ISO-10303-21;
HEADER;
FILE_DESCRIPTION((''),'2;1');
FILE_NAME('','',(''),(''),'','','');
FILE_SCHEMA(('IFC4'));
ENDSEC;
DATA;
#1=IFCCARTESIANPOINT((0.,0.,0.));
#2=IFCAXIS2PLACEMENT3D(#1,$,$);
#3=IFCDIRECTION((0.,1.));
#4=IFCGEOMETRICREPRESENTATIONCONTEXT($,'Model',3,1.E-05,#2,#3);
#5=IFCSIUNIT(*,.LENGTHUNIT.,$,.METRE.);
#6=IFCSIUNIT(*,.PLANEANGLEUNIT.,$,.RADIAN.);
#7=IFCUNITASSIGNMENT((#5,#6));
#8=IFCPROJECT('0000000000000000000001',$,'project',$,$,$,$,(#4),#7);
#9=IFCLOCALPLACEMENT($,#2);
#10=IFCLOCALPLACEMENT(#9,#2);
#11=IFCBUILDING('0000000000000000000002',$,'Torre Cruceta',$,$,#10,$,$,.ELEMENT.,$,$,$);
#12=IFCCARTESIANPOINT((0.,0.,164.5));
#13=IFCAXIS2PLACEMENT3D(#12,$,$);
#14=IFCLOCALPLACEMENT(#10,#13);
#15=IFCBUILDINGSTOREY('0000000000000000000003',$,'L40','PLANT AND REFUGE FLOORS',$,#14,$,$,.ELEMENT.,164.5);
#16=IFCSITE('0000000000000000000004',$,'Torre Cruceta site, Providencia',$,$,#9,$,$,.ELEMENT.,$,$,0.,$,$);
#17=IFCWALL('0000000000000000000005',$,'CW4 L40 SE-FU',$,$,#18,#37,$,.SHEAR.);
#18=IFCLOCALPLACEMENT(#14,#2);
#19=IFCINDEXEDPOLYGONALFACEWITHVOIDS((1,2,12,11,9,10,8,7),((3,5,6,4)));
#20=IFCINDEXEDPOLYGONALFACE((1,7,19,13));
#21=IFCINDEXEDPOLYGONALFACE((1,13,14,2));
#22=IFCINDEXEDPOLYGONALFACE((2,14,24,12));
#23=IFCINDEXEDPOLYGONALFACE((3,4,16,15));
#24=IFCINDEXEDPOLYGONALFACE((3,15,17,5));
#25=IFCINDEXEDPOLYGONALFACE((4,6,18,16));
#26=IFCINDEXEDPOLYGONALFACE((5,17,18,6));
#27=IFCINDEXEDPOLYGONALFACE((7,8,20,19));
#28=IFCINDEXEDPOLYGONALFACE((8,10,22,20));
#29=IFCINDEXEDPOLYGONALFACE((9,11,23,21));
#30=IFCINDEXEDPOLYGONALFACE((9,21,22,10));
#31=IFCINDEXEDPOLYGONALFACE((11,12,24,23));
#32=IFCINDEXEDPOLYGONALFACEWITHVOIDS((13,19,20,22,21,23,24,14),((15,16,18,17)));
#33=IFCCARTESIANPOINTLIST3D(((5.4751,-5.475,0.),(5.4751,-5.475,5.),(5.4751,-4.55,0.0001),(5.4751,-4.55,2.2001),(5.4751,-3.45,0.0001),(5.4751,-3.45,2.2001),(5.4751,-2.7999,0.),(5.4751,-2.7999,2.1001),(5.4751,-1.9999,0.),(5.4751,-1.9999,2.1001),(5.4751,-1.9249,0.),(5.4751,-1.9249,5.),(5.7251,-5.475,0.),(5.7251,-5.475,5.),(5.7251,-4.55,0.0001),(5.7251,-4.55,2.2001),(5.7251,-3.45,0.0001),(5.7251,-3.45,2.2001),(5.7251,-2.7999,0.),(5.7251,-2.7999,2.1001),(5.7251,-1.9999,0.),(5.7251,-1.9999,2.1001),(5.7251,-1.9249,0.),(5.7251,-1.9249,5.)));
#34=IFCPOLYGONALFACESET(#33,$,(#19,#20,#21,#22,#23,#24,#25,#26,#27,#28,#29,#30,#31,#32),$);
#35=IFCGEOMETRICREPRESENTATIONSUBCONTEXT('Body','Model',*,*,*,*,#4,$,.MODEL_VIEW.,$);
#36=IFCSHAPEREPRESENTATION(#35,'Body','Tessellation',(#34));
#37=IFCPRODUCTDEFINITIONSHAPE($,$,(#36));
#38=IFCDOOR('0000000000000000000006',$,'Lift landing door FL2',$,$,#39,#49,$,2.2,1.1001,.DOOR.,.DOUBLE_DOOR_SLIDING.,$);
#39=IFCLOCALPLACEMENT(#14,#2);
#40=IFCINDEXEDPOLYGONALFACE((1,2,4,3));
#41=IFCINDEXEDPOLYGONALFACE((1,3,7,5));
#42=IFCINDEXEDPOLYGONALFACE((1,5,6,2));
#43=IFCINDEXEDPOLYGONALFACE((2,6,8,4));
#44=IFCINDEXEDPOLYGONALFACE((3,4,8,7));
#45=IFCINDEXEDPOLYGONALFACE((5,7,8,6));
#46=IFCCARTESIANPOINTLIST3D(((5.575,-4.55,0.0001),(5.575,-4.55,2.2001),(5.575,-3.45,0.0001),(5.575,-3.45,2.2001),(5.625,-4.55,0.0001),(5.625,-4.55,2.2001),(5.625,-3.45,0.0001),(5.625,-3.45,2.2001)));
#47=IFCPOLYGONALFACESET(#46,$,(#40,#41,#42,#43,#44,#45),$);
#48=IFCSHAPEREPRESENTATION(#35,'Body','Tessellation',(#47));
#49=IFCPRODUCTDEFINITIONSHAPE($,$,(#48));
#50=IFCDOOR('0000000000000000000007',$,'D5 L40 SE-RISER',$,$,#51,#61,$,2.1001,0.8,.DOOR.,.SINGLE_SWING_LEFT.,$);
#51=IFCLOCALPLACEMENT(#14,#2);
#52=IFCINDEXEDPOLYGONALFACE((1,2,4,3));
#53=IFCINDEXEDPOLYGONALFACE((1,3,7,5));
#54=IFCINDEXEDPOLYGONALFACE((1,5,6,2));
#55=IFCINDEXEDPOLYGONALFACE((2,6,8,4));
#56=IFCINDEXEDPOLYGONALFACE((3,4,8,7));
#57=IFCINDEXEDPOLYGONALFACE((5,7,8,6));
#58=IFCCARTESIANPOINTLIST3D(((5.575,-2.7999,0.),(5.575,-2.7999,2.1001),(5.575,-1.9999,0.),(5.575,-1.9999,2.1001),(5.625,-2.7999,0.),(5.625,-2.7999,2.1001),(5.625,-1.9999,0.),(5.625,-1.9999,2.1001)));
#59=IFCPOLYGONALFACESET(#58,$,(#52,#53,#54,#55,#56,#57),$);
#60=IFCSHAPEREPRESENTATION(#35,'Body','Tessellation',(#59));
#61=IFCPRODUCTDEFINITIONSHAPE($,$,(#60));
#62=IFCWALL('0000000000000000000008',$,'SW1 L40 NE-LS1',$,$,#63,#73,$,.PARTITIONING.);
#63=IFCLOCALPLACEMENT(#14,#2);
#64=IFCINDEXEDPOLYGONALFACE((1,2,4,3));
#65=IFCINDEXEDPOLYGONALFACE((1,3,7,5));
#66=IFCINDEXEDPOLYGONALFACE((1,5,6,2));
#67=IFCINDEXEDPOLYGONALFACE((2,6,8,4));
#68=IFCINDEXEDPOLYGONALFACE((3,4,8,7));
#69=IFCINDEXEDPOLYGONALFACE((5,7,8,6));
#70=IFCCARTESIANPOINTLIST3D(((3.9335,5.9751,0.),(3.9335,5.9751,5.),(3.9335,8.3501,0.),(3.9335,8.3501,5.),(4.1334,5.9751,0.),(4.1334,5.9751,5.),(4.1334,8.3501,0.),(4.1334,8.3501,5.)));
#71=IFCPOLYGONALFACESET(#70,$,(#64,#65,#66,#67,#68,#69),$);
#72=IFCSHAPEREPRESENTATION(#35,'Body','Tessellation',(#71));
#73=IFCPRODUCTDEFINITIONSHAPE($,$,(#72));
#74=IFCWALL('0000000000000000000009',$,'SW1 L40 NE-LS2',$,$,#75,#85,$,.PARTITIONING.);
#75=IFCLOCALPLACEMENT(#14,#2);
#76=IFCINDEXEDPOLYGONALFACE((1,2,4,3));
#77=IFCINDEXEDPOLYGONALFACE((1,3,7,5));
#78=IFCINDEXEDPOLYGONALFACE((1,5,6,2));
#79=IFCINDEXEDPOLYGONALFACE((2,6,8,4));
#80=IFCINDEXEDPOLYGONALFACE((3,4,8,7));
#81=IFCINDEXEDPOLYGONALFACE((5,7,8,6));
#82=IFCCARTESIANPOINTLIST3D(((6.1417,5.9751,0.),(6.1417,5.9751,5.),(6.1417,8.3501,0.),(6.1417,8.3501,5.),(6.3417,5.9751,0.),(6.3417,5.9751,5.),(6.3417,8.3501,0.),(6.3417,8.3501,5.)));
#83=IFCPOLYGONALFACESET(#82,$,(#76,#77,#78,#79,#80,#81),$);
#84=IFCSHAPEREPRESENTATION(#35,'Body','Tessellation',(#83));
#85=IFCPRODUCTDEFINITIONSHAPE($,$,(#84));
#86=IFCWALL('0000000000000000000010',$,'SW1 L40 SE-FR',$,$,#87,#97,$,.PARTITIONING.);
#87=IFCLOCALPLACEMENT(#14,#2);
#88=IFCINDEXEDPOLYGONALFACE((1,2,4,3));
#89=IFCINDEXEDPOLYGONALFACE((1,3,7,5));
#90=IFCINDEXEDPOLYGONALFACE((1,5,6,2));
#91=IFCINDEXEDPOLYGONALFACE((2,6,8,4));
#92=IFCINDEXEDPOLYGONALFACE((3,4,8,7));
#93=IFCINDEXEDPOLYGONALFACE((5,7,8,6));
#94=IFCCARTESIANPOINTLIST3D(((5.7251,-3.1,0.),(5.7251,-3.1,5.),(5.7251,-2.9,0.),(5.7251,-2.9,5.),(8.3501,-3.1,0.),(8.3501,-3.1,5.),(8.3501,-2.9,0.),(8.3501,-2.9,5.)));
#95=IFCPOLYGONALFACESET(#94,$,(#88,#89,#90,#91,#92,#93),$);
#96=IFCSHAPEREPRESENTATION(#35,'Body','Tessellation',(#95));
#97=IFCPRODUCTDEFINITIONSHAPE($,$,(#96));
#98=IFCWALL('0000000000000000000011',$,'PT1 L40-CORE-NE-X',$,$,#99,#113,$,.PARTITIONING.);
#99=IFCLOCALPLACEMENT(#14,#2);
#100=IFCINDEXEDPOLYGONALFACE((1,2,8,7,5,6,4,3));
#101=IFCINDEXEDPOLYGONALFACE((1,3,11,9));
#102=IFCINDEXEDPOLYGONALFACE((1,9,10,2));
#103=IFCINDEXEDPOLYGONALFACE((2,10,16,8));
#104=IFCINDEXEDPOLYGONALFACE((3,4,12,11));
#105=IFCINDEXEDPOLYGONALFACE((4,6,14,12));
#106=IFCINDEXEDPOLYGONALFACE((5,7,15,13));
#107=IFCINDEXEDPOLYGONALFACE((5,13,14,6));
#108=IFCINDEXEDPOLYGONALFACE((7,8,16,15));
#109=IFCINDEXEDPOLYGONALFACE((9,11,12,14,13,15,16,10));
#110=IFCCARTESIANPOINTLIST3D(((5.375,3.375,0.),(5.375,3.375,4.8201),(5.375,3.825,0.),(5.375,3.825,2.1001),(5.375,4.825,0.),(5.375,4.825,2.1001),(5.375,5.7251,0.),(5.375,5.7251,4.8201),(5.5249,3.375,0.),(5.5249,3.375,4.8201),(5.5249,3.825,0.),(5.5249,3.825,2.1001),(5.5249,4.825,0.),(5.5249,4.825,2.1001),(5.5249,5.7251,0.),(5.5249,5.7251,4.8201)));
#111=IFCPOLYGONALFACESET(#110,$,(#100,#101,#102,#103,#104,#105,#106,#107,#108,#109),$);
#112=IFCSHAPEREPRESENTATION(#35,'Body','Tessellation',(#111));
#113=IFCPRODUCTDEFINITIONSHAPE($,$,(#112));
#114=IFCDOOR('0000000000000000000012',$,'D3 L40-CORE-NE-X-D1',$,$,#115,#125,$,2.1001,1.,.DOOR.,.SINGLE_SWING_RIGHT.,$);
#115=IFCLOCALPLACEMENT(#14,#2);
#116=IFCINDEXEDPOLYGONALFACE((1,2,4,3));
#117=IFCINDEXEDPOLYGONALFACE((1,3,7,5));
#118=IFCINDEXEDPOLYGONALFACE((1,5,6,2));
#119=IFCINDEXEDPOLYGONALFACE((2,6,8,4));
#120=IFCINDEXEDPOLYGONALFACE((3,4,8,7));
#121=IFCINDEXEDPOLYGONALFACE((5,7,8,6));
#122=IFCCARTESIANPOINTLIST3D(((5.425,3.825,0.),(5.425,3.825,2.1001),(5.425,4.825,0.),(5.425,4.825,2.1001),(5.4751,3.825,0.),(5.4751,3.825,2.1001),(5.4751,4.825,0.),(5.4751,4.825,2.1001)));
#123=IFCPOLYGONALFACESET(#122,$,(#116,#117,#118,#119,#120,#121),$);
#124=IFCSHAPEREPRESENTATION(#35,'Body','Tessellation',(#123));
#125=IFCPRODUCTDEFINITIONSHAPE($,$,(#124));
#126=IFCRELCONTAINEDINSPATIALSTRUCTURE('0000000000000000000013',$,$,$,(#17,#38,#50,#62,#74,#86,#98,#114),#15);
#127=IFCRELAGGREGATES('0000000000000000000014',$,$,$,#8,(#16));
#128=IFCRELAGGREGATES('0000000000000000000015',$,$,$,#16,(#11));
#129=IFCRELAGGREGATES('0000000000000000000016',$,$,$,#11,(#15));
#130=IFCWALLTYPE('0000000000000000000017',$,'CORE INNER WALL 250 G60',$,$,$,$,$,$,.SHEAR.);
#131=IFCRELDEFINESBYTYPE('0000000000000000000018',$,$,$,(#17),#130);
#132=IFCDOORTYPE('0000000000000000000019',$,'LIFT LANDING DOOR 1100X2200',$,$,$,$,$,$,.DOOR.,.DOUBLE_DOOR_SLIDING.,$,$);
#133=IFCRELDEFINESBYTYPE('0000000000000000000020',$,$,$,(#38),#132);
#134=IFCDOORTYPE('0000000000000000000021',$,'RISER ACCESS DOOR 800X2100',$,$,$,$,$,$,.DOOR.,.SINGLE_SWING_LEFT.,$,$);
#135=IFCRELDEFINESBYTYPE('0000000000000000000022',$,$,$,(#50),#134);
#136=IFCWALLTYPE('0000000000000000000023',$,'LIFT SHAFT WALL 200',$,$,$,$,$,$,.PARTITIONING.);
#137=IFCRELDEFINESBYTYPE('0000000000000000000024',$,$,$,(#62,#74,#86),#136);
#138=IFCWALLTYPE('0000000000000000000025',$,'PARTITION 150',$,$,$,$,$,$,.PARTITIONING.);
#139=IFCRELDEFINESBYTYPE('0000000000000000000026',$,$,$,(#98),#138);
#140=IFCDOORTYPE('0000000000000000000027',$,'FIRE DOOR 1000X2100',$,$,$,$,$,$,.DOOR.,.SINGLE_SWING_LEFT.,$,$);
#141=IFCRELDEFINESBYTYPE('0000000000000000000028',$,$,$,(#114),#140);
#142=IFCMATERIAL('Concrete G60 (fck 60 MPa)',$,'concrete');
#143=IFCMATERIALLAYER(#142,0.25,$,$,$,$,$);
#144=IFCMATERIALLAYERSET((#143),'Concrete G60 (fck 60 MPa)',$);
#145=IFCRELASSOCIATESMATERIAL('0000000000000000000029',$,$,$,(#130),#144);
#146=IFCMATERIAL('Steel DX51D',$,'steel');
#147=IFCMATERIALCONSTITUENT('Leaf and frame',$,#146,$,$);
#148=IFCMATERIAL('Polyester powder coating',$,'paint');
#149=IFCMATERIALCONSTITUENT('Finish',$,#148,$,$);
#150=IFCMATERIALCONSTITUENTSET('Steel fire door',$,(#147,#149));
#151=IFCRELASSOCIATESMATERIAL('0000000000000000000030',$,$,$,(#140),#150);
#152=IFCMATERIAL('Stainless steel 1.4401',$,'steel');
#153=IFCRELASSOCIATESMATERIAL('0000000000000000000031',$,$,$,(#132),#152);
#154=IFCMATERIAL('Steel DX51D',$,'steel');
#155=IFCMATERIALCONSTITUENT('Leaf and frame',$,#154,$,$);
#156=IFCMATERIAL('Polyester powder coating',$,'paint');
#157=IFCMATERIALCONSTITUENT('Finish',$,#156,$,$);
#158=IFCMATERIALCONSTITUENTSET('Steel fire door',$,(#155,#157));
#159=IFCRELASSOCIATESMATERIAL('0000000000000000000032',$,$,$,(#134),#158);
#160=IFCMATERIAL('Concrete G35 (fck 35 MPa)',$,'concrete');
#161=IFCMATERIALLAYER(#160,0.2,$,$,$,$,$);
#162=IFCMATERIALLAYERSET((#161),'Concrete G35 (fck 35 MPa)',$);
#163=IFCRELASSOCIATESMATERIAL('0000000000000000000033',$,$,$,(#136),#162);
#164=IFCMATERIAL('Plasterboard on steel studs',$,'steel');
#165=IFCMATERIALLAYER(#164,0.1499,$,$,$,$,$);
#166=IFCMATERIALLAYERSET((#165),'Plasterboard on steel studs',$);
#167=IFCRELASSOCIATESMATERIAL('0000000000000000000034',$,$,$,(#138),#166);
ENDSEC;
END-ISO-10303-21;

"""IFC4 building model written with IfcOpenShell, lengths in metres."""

from ifc_helpers import new_model, si_unit, direction, frame, frame_2d, origin, place, context, subcontext, project, spatial, rectangle, extrude, material, layer, layer_set, constituent, constituent_set, type_object, element, fill, save


model = new_model("IFC4")

# Units and contexts
model_context = context("Model", 3, precision=1e-05, world=origin(), true_north=direction((0.0, 1.0)))
body_context = subcontext(model_context, "Body", "Model", "MODEL_VIEW")
ifc_project = project(units=[si_unit("LENGTHUNIT", "METRE"), si_unit("PLANEANGLEUNIT", "RADIAN")], contexts=[model_context])

# Site, building, storey
site_placement = place(None, origin())
site = spatial("IfcSite", under=ifc_project, at=site_placement, Name="Torre Cruceta site, Providencia", CompositionType="ELEMENT", RefElevation=0.0)
building_placement = place(site_placement, origin())
building = spatial("IfcBuilding", under=site, at=building_placement, Name="Torre Cruceta", CompositionType="ELEMENT")
storey_placement = place(building_placement, frame((0.0, 0.0, 164.5)))
storey = spatial("IfcBuildingStorey", under=building, at=storey_placement, Name="L40", Description="PLANT AND REFUGE FLOORS", CompositionType="ELEMENT", Elevation=164.5)

# Shared definitions
ifc_material_1 = material(Name="Concrete G60 (fck 60 MPa)", Category="concrete")
ifc_layer_1 = layer(ifc_material_1, 0.25)
ifc_layer_set_1 = layer_set([ifc_layer_1], Name="Concrete G60 (fck 60 MPa)")
wall_type_1 = type_object("IfcWallType", Name="CORE INNER WALL 250 G60", PredefinedType="SHEAR", material=ifc_layer_set_1)

# Shared definitions
ifc_material_2 = material(Name="Steel DX51D", Category="steel")
ifc_constituent_1 = constituent(ifc_material_2, Name="Leaf and frame")
ifc_material_3 = material(Name="Polyester powder coating", Category="paint")
ifc_constituent_2 = constituent(ifc_material_3, Name="Finish")
ifc_constituent_set_1 = constituent_set(constituents=[ifc_constituent_1, ifc_constituent_2], Name="Steel fire door")
door_type_1 = type_object("IfcDoorType", Name="FIRE DOOR 1000X2100", OperationType="SINGLE_SWING_LEFT", PredefinedType="DOOR", material=ifc_constituent_set_1)

# Wall, openings, doors
wall_1_placement = place(storey_placement, frame((5.6001, -1.925, 0.0), z_axis=(0.0, 0.0, 1.0), x_axis=(0.0, -1.0, 0.0)))
wall_1 = element("IfcWall", 1, at=wall_1_placement, inside=storey, type_object=wall_type_1, Name="CW4 L40 SE-FU", PredefinedType="SHEAR", context=body_context, shape_type="SweptSolid", body=[
    extrude(rectangle(XDim=3.55, YDim=0.25, at=frame_2d((1.7749, 0.0))), origin(), (0.0, 0.0, 1.0), 5.0),
])
opening_1_placement = place(wall_1_placement, frame((1.5249, 0.0, 0.0)))
opening_1 = element("IfcOpeningElement", 2, at=opening_1_placement, cuts=wall_1, PredefinedType="OPENING", context=body_context, shape_type="SweptSolid", body=[
    extrude(rectangle(XDim=1.1001, YDim=2.2, at=frame_2d((0.55, 1.1001))), frame((0.0, 0.135, 0.0), z_axis=(0.0, -1.0, 0.0), x_axis=(1.0, 0.0, 0.0)), (0.0, 0.0, 1.0), 0.27),
])
opening_2_placement = place(wall_1_placement, frame((0.075, 0.0, 0.0)))
opening_2 = element("IfcOpeningElement", 3, at=opening_2_placement, cuts=wall_1, PredefinedType="OPENING", context=body_context, shape_type="SweptSolid", body=[
    extrude(rectangle(XDim=0.8, YDim=2.1001, at=frame_2d((0.3999, 1.05))), frame((0.0, 0.135, 0.0), z_axis=(0.0, -1.0, 0.0), x_axis=(1.0, 0.0, 0.0)), (0.0, 0.0, 1.0), 0.27),
])
ifc_material_4 = material(Name="Stainless steel 1.4401", Category="steel")
door_type_2 = type_object("IfcDoorType", Name="LIFT LANDING DOOR 1100X2200", OperationType="DOUBLE_DOOR_SLIDING", PredefinedType="DOOR", material=ifc_material_4)
door_1_placement = place(opening_1_placement, origin())
door_1 = element("IfcDoor", 4, at=door_1_placement, inside=storey, type_object=door_type_2, Name="Lift landing door FL2", OperationType="DOUBLE_DOOR_SLIDING", OverallHeight=2.2, OverallWidth=1.1001, PredefinedType="DOOR", context=body_context, shape_type="SweptSolid", body=[
    extrude(rectangle(XDim=1.1001, YDim=2.2, at=frame_2d((0.55, 1.1001))), frame((0.0, 0.0249, 0.0), z_axis=(0.0, -1.0, 0.0), x_axis=(1.0, 0.0, 0.0)), (0.0, 0.0, 1.0), 0.05),
])
fill(opening_1, door_1)
ifc_material_5 = material(Name="Steel DX51D", Category="steel")
ifc_constituent_3 = constituent(ifc_material_5, Name="Leaf and frame")
ifc_material_6 = material(Name="Polyester powder coating", Category="paint")
ifc_constituent_4 = constituent(ifc_material_6, Name="Finish")
ifc_constituent_set_2 = constituent_set(constituents=[ifc_constituent_3, ifc_constituent_4], Name="Steel fire door")
door_type_3 = type_object("IfcDoorType", Name="RISER ACCESS DOOR 800X2100", OperationType="SINGLE_SWING_LEFT", PredefinedType="DOOR", material=ifc_constituent_set_2)
door_2_placement = place(opening_2_placement, origin())
door_2 = element("IfcDoor", 5, at=door_2_placement, inside=storey, type_object=door_type_3, Name="D5 L40 SE-RISER", OperationType="SINGLE_SWING_LEFT", OverallHeight=2.1001, OverallWidth=0.8, PredefinedType="DOOR", context=body_context, shape_type="SweptSolid", body=[
    extrude(rectangle(XDim=0.8, YDim=2.1001, at=frame_2d((0.3999, 1.05))), frame((0.0, 0.0249, 0.0), z_axis=(0.0, -1.0, 0.0), x_axis=(1.0, 0.0, 0.0)), (0.0, 0.0, 1.0), 0.05),
])
fill(opening_2, door_2)

# Walls
ifc_material_7 = material(Name="Concrete G35 (fck 35 MPa)", Category="concrete")
ifc_layer_2 = layer(ifc_material_7, 0.2)
ifc_layer_set_2 = layer_set([ifc_layer_2], Name="Concrete G35 (fck 35 MPa)")
wall_type_2 = type_object("IfcWallType", Name="LIFT SHAFT WALL 200", PredefinedType="PARTITIONING", material=ifc_layer_set_2)
for number, where, z_axis, x_axis, name in (
    (6, (4.0334, 5.9751, 0.0), (0.0, 0.0, 1.0), (0.0, 1.0, 0.0), "SW1 L40 NE-LS1"),
    (7, (6.2417, 5.9751, 0.0), (0.0, 0.0, 1.0), (0.0, 1.0, 0.0), "SW1 L40 NE-LS2"),
):
    element("IfcWall", number, at=place(storey_placement, frame(where, z_axis=z_axis, x_axis=x_axis)), inside=storey, type_object=wall_type_2, Name=name, PredefinedType="PARTITIONING", context=body_context, shape_type="SweptSolid", body=[
        extrude(rectangle(XDim=2.375, YDim=0.2, at=frame_2d((1.1875, 0.0))), origin(), (0.0, 0.0, 1.0), 5.0),
    ])
wall_2_placement = place(storey_placement, frame((5.7251, -3.0, 0.0), z_axis=(0.0, 0.0, 1.0), x_axis=(1.0, 0.0, 0.0)))
element("IfcWall", 8, at=wall_2_placement, inside=storey, type_object=wall_type_2, Name="SW1 L40 SE-FR", PredefinedType="PARTITIONING", context=body_context, shape_type="SweptSolid", body=[
    extrude(rectangle(XDim=2.625, YDim=0.2, at=frame_2d((1.3125, 0.0))), origin(), (0.0, 0.0, 1.0), 5.0),
])

# Wall, opening, door
ifc_material_8 = material(Name="Plasterboard on steel studs", Category="steel")
ifc_layer_3 = layer(ifc_material_8, 0.1499)
ifc_layer_set_3 = layer_set([ifc_layer_3], Name="Plasterboard on steel studs")
wall_type_3 = type_object("IfcWallType", Name="PARTITION 150", PredefinedType="PARTITIONING", material=ifc_layer_set_3)
wall_3_placement = place(storey_placement, frame((5.45, 3.375, 0.0), z_axis=(0.0, 0.0, 1.0), x_axis=(0.0, 1.0, 0.0)))
wall_3 = element("IfcWall", 9, at=wall_3_placement, inside=storey, type_object=wall_type_3, Name="PT1 L40-CORE-NE-X", PredefinedType="PARTITIONING", context=body_context, shape_type="SweptSolid", body=[
    extrude(rectangle(XDim=2.3501, YDim=0.1499, at=frame_2d((1.175, 0.0))), origin(), (0.0, 0.0, 1.0), 4.8201),
])
opening_3_placement = place(wall_3_placement, frame((0.45, 0.0, 0.0)))
opening_3 = element("IfcOpeningElement", 10, at=opening_3_placement, cuts=wall_3, PredefinedType="OPENING", context=body_context, shape_type="SweptSolid", body=[
    extrude(rectangle(XDim=1.0, YDim=2.1001, at=frame_2d((0.5, 1.05))), frame((0.0, 0.085, 0.0), z_axis=(0.0, -1.0, 0.0), x_axis=(1.0, 0.0, 0.0)), (0.0, 0.0, 1.0), 0.1699),
])
door_3_placement = place(opening_3_placement, frame((1.0, 0.0, 0.0), z_axis=(0.0, 0.0, 1.0), x_axis=(-1.0, 0.0, 0.0)))
door_3 = element("IfcDoor", 11, at=door_3_placement, inside=storey, type_object=door_type_1, Name="D3 L40-CORE-NE-X-D1", OperationType="SINGLE_SWING_RIGHT", OverallHeight=2.1001, OverallWidth=1.0, PredefinedType="DOOR", context=body_context, shape_type="SweptSolid", body=[
    extrude(rectangle(XDim=1.0, YDim=2.1001, at=frame_2d((0.5, 1.05))), frame((0.0, 0.0251, 0.0), z_axis=(0.0, -1.0, 0.0), x_axis=(1.0, 0.0, 0.0)), (0.0, 0.0, 1.0), 0.05),
])
fill(opening_3, door_3)

save(model, "model.ifc")
